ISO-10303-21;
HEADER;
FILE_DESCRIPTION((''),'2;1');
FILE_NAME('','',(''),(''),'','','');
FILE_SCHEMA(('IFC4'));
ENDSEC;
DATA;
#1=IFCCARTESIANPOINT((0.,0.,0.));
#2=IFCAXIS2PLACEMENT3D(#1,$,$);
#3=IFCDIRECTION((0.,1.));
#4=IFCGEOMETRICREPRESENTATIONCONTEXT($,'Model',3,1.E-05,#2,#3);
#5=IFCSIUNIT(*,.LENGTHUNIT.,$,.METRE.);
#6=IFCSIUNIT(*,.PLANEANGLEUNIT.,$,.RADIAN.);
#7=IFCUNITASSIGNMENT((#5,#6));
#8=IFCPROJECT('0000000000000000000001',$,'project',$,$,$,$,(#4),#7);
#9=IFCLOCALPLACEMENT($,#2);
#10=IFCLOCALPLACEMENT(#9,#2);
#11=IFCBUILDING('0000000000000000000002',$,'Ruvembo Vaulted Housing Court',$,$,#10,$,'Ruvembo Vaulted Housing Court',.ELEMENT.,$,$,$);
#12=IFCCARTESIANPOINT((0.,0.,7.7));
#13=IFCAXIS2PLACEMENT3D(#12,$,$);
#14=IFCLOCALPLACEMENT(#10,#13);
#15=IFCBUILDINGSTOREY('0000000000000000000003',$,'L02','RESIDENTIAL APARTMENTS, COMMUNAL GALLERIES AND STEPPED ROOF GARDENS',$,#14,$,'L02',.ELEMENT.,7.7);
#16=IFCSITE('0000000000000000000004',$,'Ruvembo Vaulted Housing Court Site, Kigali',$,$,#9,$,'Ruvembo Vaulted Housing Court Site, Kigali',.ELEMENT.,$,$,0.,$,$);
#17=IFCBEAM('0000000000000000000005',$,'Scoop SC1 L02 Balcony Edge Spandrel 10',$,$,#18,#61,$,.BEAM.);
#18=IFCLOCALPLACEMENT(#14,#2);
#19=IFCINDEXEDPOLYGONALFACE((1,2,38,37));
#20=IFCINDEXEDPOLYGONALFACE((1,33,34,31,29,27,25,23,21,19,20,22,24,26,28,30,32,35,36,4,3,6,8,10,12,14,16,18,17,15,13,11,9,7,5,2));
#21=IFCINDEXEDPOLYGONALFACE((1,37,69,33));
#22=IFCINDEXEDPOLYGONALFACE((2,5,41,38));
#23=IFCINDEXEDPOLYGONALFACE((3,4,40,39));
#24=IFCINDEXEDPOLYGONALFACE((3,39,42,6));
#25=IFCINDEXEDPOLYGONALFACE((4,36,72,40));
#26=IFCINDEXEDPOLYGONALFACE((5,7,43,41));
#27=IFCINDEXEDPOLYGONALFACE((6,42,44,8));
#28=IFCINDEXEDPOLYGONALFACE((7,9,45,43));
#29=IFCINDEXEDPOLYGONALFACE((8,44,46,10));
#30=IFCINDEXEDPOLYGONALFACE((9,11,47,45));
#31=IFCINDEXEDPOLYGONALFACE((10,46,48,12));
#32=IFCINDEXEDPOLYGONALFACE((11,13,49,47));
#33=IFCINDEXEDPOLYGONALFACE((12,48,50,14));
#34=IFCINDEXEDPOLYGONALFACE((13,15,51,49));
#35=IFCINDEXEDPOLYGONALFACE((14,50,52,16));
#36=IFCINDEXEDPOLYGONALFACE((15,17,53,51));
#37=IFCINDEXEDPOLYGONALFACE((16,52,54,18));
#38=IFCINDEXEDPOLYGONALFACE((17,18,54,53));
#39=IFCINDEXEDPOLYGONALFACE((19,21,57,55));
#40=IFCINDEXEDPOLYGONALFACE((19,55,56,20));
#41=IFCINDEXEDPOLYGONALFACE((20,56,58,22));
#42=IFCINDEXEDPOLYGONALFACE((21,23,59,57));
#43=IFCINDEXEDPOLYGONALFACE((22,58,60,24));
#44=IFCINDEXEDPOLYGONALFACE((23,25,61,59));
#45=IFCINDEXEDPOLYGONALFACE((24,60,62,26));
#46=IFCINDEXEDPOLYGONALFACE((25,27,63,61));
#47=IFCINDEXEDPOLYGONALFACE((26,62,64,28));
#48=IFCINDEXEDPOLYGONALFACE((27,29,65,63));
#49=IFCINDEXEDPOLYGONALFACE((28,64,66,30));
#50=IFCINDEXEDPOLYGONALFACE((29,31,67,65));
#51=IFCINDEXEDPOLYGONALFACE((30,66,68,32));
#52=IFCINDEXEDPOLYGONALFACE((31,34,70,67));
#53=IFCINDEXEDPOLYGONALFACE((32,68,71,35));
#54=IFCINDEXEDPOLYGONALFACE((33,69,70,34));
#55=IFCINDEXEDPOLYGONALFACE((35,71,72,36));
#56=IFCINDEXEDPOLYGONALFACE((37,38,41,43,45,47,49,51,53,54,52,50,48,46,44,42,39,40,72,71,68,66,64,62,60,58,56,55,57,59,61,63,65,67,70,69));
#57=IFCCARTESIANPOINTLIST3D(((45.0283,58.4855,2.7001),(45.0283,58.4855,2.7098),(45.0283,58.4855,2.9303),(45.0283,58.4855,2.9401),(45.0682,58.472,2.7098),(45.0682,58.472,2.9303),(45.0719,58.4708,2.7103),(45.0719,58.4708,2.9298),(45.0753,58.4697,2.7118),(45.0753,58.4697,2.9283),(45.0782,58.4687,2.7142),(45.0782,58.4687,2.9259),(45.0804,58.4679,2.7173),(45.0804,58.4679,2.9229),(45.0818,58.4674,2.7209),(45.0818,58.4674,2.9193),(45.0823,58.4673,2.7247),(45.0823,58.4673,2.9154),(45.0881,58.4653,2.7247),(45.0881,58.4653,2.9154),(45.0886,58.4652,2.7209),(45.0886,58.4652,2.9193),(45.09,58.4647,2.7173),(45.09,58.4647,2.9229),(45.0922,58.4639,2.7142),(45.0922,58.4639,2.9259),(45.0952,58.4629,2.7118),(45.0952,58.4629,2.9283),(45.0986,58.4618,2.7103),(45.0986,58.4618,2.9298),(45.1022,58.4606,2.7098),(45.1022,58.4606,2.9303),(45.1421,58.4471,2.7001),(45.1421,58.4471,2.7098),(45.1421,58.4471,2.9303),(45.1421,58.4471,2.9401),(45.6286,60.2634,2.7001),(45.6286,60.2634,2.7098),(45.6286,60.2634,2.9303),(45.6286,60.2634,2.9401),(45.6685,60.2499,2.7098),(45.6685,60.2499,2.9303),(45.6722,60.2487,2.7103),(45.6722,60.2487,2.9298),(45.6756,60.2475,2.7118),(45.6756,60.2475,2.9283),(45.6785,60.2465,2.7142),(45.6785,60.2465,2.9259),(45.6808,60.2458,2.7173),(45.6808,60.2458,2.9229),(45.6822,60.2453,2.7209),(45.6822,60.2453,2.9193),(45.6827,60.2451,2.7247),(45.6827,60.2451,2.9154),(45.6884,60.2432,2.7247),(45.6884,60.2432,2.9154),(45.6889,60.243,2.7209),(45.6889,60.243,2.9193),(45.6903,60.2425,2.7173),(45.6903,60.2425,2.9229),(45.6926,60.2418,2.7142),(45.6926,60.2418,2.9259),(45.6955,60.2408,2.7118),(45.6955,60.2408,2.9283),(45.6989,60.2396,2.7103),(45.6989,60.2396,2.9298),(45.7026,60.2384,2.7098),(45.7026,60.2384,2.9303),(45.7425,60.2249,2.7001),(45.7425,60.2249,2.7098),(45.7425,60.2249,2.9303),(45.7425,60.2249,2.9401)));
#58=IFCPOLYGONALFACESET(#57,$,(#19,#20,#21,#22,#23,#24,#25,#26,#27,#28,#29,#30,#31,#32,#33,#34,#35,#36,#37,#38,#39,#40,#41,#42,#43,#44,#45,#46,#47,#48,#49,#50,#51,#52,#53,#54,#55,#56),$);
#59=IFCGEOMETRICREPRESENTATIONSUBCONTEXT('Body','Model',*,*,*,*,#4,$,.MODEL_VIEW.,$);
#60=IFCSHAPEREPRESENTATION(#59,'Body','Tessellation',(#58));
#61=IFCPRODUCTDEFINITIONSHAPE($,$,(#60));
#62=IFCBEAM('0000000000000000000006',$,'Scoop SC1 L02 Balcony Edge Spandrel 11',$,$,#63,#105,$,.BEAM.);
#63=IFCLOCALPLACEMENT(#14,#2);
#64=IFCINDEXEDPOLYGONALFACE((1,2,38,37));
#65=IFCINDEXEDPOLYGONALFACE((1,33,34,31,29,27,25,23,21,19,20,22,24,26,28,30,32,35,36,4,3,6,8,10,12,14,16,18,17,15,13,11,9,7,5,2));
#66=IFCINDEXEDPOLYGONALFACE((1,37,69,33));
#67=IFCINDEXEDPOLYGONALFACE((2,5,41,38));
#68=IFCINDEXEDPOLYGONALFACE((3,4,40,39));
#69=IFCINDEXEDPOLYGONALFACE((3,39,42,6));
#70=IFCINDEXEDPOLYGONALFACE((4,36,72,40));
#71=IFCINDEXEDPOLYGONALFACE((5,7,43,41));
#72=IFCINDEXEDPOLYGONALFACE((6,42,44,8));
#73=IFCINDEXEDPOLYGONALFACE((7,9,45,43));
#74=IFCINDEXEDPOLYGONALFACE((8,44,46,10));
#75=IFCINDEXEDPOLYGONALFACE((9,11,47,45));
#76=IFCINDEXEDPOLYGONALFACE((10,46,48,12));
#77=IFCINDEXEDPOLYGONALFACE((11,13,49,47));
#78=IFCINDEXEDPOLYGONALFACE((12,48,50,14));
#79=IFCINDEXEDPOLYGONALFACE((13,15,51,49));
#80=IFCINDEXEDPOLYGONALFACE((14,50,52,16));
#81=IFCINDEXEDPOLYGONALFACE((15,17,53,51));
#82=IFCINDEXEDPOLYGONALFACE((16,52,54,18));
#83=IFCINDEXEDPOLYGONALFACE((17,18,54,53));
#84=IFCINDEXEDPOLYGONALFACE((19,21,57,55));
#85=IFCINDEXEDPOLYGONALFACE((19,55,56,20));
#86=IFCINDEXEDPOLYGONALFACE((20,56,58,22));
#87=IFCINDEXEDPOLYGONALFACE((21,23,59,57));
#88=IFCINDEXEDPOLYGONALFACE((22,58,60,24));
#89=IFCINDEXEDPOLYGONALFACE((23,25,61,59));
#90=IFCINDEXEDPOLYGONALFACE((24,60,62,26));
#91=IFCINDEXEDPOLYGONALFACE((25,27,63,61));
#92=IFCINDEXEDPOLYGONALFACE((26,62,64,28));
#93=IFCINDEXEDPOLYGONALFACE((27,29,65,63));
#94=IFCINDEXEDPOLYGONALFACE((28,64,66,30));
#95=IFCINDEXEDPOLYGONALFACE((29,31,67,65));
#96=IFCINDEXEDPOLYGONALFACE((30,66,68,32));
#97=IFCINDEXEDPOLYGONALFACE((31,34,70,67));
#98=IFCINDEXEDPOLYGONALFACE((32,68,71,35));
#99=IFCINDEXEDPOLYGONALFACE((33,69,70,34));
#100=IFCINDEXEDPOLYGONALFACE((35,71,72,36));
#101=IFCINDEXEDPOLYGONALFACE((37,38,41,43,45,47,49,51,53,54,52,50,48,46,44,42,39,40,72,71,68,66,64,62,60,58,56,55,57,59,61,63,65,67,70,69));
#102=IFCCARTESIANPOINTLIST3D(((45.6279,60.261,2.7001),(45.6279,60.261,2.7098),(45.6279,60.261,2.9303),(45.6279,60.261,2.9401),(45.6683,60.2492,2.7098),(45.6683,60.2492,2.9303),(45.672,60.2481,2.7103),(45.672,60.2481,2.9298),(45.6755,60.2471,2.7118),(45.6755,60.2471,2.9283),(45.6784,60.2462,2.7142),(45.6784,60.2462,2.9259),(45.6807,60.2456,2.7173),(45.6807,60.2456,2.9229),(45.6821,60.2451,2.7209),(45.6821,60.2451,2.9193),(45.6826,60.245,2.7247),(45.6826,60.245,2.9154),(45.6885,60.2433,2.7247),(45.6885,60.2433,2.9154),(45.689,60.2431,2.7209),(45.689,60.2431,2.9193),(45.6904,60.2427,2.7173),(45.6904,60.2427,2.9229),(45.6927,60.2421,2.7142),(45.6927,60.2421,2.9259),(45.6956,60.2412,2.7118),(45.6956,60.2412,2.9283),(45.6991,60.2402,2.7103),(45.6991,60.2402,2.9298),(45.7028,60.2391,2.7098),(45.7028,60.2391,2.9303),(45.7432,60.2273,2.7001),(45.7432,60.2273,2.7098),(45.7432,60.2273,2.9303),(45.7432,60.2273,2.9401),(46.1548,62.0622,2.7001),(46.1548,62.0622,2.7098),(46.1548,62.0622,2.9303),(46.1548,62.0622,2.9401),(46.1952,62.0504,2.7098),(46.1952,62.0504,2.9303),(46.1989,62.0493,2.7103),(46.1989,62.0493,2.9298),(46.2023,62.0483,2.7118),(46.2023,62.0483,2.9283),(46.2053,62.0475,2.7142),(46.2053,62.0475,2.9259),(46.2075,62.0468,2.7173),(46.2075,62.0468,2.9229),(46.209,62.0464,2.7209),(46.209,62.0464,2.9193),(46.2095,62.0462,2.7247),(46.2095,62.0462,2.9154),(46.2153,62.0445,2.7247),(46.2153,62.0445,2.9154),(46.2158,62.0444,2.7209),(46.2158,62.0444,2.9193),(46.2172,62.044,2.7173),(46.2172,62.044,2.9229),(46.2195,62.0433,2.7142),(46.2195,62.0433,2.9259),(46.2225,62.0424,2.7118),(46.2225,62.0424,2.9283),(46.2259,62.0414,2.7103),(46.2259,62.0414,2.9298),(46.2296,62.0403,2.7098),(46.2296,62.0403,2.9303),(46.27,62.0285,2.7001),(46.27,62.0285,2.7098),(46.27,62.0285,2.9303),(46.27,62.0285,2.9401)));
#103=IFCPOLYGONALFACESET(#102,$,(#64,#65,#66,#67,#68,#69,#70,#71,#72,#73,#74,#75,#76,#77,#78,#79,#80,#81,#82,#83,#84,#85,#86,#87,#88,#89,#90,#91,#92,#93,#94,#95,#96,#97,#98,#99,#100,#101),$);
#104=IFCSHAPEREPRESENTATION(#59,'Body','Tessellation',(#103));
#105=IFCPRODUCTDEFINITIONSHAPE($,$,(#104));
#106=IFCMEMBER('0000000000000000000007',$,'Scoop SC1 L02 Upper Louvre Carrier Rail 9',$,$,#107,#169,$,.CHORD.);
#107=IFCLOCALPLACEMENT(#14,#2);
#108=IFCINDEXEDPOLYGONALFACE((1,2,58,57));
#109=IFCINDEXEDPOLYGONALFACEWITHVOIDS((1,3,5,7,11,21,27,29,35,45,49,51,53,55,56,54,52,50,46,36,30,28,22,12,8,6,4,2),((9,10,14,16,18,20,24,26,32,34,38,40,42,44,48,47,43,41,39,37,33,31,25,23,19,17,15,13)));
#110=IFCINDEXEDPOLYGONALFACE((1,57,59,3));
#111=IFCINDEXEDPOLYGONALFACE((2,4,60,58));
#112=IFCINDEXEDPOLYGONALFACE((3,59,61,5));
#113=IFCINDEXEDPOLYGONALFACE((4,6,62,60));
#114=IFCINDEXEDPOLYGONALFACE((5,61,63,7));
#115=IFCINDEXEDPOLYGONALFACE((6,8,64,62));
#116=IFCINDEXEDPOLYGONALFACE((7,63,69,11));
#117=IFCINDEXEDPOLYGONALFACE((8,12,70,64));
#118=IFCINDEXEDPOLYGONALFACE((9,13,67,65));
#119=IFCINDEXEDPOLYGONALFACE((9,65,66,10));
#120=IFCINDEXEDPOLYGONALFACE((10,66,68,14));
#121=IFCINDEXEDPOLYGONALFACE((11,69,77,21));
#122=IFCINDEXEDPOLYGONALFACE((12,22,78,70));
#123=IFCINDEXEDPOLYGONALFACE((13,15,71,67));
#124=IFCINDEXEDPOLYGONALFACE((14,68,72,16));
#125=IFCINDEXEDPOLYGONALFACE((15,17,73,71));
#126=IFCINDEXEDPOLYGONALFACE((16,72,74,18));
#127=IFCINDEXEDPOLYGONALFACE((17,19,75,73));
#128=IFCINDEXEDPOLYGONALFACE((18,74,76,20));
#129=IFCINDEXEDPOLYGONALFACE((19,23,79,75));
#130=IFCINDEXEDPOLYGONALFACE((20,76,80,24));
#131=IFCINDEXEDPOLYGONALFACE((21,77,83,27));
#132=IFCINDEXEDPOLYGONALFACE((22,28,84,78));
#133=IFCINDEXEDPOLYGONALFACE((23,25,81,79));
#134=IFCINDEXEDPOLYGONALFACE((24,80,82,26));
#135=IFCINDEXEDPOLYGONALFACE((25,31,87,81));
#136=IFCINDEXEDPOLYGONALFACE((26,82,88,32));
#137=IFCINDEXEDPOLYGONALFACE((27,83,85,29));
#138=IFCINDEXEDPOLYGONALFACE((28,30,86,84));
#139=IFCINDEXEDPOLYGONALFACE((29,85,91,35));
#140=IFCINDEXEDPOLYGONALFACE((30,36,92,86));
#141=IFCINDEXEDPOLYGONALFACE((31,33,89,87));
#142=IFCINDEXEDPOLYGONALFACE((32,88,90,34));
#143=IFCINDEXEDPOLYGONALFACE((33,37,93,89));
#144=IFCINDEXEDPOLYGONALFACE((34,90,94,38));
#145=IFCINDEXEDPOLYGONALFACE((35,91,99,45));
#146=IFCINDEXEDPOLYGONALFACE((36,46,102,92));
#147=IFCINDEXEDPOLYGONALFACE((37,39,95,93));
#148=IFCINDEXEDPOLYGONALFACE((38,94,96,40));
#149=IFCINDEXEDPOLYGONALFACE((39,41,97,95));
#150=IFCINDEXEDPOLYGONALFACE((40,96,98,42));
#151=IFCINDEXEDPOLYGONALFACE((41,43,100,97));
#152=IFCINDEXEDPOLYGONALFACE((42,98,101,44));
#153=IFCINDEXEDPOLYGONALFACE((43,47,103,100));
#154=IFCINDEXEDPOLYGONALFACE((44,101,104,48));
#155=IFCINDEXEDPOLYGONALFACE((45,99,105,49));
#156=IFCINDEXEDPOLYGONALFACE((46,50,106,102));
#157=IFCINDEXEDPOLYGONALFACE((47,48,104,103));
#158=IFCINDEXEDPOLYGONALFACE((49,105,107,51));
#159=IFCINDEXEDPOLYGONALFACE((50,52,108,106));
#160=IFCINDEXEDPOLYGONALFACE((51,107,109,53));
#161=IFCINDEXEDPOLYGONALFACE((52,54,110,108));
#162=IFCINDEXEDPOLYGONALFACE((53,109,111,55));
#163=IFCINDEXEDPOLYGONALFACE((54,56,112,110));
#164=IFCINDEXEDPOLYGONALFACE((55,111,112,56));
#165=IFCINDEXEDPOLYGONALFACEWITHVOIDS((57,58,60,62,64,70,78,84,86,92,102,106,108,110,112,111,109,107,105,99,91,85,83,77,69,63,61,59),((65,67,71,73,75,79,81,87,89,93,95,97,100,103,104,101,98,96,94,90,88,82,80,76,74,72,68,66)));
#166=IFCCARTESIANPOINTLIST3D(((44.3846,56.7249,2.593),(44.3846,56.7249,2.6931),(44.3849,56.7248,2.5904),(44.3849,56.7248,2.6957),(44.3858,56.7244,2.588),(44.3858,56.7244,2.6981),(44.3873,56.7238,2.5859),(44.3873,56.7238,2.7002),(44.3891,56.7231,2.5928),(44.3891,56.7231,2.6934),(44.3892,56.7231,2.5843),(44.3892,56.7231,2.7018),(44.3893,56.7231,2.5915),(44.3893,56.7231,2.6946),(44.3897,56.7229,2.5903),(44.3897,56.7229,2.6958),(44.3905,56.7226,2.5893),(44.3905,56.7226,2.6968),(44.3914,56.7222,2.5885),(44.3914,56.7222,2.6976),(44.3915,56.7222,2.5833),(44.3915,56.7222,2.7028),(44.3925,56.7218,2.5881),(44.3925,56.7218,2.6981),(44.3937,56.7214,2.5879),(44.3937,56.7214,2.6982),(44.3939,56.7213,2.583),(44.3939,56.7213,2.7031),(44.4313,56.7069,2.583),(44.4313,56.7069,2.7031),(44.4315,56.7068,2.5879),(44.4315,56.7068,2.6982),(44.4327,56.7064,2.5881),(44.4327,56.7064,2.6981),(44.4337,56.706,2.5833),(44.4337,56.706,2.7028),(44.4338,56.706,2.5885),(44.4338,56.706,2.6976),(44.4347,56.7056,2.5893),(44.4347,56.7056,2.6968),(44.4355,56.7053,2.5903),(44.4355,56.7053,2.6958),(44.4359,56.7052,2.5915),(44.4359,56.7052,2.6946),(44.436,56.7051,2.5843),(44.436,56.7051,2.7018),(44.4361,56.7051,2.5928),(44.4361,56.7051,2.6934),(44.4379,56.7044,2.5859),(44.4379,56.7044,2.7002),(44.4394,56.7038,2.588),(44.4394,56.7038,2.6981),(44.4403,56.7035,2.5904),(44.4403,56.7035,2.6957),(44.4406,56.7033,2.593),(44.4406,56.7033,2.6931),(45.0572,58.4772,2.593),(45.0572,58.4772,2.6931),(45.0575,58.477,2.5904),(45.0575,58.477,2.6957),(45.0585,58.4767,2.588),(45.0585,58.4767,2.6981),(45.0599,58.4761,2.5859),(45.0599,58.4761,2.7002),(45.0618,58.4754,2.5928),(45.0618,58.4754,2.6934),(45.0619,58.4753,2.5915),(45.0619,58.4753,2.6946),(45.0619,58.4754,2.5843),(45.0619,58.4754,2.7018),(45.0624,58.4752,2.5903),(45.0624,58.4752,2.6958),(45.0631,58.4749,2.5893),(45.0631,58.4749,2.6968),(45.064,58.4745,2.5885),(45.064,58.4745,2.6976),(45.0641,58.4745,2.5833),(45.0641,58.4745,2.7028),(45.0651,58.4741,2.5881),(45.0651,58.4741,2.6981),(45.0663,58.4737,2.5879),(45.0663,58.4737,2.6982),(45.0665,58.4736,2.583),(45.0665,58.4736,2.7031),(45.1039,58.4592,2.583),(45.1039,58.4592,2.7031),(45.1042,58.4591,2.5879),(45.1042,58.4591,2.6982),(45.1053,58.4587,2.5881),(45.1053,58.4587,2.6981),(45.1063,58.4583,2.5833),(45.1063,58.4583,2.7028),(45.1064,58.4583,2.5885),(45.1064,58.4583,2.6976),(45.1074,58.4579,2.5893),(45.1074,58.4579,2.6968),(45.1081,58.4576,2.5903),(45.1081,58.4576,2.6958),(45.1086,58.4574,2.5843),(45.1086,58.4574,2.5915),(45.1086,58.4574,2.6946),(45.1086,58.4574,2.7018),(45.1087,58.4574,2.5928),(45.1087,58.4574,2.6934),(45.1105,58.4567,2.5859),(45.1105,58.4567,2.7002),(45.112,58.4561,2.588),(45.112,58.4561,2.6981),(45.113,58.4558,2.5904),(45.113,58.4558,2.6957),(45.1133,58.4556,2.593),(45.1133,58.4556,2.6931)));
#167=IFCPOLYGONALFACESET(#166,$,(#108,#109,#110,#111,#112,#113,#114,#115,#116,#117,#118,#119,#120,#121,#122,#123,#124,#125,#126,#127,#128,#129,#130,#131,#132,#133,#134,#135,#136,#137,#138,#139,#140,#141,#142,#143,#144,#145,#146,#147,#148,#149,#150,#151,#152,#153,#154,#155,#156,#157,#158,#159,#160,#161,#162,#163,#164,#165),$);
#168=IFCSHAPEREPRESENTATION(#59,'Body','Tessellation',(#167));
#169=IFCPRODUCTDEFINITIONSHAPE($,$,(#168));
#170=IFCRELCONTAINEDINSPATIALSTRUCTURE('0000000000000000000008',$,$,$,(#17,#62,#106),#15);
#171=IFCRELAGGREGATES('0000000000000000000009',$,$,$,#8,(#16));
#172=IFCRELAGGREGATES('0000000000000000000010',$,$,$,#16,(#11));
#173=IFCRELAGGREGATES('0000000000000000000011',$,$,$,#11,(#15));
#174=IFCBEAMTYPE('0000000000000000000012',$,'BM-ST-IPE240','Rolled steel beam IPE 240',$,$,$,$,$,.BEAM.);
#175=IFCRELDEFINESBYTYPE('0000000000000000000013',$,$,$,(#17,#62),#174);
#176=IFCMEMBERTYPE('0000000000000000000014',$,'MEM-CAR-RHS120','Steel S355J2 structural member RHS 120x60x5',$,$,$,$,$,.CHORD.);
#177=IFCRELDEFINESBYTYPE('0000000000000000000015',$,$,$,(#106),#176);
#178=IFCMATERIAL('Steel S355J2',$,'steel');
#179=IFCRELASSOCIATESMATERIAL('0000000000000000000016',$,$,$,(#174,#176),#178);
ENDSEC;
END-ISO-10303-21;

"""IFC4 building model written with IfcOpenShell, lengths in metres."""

from ifc_helpers import new_model, si_unit, direction, frame, origin, origin_2d, place, context, subcontext, project, spatial, hollow_rectangle, i_section, extrude, material, material_profile, profile_set, type_object, element, save


model = new_model("IFC4")

# Units and contexts
model_context = context("Model", 3, precision=1e-05, world=origin(), true_north=direction((0.0, 1.0)))
body_context = subcontext(model_context, "Body", "Model", "MODEL_VIEW")
ifc_project = project(units=[si_unit("LENGTHUNIT", "METRE"), si_unit("PLANEANGLEUNIT", "RADIAN")], contexts=[model_context])

# Site, building, storey
site_placement = place(None, origin())
site = spatial("IfcSite", under=ifc_project, at=site_placement, Name="Ruvembo Vaulted Housing Court Site, Kigali", LongName="Ruvembo Vaulted Housing Court Site, Kigali", CompositionType="ELEMENT", RefElevation=0.0)
building_placement = place(site_placement, origin())
building = spatial("IfcBuilding", under=site, at=building_placement, Name="Ruvembo Vaulted Housing Court", LongName="Ruvembo Vaulted Housing Court", CompositionType="ELEMENT")
storey_placement = place(building_placement, frame((0.0, 0.0, 7.7)))
storey = spatial("IfcBuildingStorey", under=building, at=storey_placement, Name="L02", Description="RESIDENTIAL APARTMENTS, COMMUNAL GALLERIES AND STEPPED ROOF GARDENS", LongName="L02", CompositionType="ELEMENT", Elevation=7.7)

# Beams
ifc_material_1 = material(Name="Steel S355J2", Category="steel")
ifc_material_profile_1 = material_profile(ifc_material_1, i_section(OverallWidth=0.1201, OverallDepth=0.24, WebThickness=0.0061, FlangeThickness=0.0098, FilletRadius=0.0149, at=origin_2d()), Name="IPE 240")
ifc_profile_set_1 = profile_set([ifc_material_profile_1], Name="Steel S355J2")
beam_type = type_object("IfcBeamType", Name="BM-ST-IPE240", Description="Rolled steel beam IPE 240", PredefinedType="BEAM", material=ifc_profile_set_1)
beam_1_placement = place(storey_placement, frame((45.0852, 58.4663, 2.8201), z_axis=(0.319933, 0.94744, 0.0), x_axis=(-0.94744, 0.319933, 0.0)))
element("IfcBeam", 1, at=beam_1_placement, inside=storey, type_object=beam_type, Name="Scoop SC1 L02 Balcony Edge Spandrel 10", PredefinedType="BEAM", context=body_context, shape_type="SweptSolid", body=[
    extrude(i_section(OverallWidth=0.1201, OverallDepth=0.24, WebThickness=0.0061, FlangeThickness=0.0098, FilletRadius=0.0149, at=origin_2d()), origin(), (0.0, 0.0, 1.0), 1.8765),
])
beam_2_placement = place(storey_placement, frame((45.6855, 60.2441, 2.8201), z_axis=(0.280729, 0.959787, 0.0), x_axis=(-0.959787, 0.280729, 0.0)))
element("IfcBeam", 2, at=beam_2_placement, inside=storey, type_object=beam_type, Name="Scoop SC1 L02 Balcony Edge Spandrel 11", PredefinedType="BEAM", context=body_context, shape_type="SweptSolid", body=[
    extrude(i_section(OverallWidth=0.1201, OverallDepth=0.24, WebThickness=0.0061, FlangeThickness=0.0098, FilletRadius=0.0149, at=origin_2d()), origin(), (0.0, 0.0, 1.0), 1.8767),
])

# Member
ifc_material_profile_2 = material_profile(ifc_material_1, hollow_rectangle(XDim=0.0601, YDim=0.1201, WallThickness=0.0049, InnerFilletRadius=0.0049, OuterFilletRadius=0.01, at=origin_2d()), Name="RHS 120x60x5")
ifc_profile_set_2 = profile_set([ifc_material_profile_2], Name="Steel S355J2")
member_type_1 = type_object("IfcMemberType", Name="MEM-CAR-RHS120", Description="Steel S355J2 structural member RHS 120x60x5", PredefinedType="CHORD", material=ifc_profile_set_2)
member_1_placement = place(storey_placement, frame((44.4126, 56.7141, 2.6431), z_axis=(0.358369, 0.93358, 0.0), x_axis=(-0.93358, 0.358369, 0.0)))
element("IfcMember", 3, at=member_1_placement, inside=storey, type_object=member_type_1, Name="Scoop SC1 L02 Upper Louvre Carrier Rail 9", PredefinedType="CHORD", context=body_context, shape_type="SweptSolid", body=[
    extrude(hollow_rectangle(XDim=0.0601, YDim=0.1201, WallThickness=0.0049, InnerFilletRadius=0.0049, OuterFilletRadius=0.01, at=origin_2d()), origin(), (0.0, 0.0, 1.0), 1.877),
])

save(model, "model.ifc")
